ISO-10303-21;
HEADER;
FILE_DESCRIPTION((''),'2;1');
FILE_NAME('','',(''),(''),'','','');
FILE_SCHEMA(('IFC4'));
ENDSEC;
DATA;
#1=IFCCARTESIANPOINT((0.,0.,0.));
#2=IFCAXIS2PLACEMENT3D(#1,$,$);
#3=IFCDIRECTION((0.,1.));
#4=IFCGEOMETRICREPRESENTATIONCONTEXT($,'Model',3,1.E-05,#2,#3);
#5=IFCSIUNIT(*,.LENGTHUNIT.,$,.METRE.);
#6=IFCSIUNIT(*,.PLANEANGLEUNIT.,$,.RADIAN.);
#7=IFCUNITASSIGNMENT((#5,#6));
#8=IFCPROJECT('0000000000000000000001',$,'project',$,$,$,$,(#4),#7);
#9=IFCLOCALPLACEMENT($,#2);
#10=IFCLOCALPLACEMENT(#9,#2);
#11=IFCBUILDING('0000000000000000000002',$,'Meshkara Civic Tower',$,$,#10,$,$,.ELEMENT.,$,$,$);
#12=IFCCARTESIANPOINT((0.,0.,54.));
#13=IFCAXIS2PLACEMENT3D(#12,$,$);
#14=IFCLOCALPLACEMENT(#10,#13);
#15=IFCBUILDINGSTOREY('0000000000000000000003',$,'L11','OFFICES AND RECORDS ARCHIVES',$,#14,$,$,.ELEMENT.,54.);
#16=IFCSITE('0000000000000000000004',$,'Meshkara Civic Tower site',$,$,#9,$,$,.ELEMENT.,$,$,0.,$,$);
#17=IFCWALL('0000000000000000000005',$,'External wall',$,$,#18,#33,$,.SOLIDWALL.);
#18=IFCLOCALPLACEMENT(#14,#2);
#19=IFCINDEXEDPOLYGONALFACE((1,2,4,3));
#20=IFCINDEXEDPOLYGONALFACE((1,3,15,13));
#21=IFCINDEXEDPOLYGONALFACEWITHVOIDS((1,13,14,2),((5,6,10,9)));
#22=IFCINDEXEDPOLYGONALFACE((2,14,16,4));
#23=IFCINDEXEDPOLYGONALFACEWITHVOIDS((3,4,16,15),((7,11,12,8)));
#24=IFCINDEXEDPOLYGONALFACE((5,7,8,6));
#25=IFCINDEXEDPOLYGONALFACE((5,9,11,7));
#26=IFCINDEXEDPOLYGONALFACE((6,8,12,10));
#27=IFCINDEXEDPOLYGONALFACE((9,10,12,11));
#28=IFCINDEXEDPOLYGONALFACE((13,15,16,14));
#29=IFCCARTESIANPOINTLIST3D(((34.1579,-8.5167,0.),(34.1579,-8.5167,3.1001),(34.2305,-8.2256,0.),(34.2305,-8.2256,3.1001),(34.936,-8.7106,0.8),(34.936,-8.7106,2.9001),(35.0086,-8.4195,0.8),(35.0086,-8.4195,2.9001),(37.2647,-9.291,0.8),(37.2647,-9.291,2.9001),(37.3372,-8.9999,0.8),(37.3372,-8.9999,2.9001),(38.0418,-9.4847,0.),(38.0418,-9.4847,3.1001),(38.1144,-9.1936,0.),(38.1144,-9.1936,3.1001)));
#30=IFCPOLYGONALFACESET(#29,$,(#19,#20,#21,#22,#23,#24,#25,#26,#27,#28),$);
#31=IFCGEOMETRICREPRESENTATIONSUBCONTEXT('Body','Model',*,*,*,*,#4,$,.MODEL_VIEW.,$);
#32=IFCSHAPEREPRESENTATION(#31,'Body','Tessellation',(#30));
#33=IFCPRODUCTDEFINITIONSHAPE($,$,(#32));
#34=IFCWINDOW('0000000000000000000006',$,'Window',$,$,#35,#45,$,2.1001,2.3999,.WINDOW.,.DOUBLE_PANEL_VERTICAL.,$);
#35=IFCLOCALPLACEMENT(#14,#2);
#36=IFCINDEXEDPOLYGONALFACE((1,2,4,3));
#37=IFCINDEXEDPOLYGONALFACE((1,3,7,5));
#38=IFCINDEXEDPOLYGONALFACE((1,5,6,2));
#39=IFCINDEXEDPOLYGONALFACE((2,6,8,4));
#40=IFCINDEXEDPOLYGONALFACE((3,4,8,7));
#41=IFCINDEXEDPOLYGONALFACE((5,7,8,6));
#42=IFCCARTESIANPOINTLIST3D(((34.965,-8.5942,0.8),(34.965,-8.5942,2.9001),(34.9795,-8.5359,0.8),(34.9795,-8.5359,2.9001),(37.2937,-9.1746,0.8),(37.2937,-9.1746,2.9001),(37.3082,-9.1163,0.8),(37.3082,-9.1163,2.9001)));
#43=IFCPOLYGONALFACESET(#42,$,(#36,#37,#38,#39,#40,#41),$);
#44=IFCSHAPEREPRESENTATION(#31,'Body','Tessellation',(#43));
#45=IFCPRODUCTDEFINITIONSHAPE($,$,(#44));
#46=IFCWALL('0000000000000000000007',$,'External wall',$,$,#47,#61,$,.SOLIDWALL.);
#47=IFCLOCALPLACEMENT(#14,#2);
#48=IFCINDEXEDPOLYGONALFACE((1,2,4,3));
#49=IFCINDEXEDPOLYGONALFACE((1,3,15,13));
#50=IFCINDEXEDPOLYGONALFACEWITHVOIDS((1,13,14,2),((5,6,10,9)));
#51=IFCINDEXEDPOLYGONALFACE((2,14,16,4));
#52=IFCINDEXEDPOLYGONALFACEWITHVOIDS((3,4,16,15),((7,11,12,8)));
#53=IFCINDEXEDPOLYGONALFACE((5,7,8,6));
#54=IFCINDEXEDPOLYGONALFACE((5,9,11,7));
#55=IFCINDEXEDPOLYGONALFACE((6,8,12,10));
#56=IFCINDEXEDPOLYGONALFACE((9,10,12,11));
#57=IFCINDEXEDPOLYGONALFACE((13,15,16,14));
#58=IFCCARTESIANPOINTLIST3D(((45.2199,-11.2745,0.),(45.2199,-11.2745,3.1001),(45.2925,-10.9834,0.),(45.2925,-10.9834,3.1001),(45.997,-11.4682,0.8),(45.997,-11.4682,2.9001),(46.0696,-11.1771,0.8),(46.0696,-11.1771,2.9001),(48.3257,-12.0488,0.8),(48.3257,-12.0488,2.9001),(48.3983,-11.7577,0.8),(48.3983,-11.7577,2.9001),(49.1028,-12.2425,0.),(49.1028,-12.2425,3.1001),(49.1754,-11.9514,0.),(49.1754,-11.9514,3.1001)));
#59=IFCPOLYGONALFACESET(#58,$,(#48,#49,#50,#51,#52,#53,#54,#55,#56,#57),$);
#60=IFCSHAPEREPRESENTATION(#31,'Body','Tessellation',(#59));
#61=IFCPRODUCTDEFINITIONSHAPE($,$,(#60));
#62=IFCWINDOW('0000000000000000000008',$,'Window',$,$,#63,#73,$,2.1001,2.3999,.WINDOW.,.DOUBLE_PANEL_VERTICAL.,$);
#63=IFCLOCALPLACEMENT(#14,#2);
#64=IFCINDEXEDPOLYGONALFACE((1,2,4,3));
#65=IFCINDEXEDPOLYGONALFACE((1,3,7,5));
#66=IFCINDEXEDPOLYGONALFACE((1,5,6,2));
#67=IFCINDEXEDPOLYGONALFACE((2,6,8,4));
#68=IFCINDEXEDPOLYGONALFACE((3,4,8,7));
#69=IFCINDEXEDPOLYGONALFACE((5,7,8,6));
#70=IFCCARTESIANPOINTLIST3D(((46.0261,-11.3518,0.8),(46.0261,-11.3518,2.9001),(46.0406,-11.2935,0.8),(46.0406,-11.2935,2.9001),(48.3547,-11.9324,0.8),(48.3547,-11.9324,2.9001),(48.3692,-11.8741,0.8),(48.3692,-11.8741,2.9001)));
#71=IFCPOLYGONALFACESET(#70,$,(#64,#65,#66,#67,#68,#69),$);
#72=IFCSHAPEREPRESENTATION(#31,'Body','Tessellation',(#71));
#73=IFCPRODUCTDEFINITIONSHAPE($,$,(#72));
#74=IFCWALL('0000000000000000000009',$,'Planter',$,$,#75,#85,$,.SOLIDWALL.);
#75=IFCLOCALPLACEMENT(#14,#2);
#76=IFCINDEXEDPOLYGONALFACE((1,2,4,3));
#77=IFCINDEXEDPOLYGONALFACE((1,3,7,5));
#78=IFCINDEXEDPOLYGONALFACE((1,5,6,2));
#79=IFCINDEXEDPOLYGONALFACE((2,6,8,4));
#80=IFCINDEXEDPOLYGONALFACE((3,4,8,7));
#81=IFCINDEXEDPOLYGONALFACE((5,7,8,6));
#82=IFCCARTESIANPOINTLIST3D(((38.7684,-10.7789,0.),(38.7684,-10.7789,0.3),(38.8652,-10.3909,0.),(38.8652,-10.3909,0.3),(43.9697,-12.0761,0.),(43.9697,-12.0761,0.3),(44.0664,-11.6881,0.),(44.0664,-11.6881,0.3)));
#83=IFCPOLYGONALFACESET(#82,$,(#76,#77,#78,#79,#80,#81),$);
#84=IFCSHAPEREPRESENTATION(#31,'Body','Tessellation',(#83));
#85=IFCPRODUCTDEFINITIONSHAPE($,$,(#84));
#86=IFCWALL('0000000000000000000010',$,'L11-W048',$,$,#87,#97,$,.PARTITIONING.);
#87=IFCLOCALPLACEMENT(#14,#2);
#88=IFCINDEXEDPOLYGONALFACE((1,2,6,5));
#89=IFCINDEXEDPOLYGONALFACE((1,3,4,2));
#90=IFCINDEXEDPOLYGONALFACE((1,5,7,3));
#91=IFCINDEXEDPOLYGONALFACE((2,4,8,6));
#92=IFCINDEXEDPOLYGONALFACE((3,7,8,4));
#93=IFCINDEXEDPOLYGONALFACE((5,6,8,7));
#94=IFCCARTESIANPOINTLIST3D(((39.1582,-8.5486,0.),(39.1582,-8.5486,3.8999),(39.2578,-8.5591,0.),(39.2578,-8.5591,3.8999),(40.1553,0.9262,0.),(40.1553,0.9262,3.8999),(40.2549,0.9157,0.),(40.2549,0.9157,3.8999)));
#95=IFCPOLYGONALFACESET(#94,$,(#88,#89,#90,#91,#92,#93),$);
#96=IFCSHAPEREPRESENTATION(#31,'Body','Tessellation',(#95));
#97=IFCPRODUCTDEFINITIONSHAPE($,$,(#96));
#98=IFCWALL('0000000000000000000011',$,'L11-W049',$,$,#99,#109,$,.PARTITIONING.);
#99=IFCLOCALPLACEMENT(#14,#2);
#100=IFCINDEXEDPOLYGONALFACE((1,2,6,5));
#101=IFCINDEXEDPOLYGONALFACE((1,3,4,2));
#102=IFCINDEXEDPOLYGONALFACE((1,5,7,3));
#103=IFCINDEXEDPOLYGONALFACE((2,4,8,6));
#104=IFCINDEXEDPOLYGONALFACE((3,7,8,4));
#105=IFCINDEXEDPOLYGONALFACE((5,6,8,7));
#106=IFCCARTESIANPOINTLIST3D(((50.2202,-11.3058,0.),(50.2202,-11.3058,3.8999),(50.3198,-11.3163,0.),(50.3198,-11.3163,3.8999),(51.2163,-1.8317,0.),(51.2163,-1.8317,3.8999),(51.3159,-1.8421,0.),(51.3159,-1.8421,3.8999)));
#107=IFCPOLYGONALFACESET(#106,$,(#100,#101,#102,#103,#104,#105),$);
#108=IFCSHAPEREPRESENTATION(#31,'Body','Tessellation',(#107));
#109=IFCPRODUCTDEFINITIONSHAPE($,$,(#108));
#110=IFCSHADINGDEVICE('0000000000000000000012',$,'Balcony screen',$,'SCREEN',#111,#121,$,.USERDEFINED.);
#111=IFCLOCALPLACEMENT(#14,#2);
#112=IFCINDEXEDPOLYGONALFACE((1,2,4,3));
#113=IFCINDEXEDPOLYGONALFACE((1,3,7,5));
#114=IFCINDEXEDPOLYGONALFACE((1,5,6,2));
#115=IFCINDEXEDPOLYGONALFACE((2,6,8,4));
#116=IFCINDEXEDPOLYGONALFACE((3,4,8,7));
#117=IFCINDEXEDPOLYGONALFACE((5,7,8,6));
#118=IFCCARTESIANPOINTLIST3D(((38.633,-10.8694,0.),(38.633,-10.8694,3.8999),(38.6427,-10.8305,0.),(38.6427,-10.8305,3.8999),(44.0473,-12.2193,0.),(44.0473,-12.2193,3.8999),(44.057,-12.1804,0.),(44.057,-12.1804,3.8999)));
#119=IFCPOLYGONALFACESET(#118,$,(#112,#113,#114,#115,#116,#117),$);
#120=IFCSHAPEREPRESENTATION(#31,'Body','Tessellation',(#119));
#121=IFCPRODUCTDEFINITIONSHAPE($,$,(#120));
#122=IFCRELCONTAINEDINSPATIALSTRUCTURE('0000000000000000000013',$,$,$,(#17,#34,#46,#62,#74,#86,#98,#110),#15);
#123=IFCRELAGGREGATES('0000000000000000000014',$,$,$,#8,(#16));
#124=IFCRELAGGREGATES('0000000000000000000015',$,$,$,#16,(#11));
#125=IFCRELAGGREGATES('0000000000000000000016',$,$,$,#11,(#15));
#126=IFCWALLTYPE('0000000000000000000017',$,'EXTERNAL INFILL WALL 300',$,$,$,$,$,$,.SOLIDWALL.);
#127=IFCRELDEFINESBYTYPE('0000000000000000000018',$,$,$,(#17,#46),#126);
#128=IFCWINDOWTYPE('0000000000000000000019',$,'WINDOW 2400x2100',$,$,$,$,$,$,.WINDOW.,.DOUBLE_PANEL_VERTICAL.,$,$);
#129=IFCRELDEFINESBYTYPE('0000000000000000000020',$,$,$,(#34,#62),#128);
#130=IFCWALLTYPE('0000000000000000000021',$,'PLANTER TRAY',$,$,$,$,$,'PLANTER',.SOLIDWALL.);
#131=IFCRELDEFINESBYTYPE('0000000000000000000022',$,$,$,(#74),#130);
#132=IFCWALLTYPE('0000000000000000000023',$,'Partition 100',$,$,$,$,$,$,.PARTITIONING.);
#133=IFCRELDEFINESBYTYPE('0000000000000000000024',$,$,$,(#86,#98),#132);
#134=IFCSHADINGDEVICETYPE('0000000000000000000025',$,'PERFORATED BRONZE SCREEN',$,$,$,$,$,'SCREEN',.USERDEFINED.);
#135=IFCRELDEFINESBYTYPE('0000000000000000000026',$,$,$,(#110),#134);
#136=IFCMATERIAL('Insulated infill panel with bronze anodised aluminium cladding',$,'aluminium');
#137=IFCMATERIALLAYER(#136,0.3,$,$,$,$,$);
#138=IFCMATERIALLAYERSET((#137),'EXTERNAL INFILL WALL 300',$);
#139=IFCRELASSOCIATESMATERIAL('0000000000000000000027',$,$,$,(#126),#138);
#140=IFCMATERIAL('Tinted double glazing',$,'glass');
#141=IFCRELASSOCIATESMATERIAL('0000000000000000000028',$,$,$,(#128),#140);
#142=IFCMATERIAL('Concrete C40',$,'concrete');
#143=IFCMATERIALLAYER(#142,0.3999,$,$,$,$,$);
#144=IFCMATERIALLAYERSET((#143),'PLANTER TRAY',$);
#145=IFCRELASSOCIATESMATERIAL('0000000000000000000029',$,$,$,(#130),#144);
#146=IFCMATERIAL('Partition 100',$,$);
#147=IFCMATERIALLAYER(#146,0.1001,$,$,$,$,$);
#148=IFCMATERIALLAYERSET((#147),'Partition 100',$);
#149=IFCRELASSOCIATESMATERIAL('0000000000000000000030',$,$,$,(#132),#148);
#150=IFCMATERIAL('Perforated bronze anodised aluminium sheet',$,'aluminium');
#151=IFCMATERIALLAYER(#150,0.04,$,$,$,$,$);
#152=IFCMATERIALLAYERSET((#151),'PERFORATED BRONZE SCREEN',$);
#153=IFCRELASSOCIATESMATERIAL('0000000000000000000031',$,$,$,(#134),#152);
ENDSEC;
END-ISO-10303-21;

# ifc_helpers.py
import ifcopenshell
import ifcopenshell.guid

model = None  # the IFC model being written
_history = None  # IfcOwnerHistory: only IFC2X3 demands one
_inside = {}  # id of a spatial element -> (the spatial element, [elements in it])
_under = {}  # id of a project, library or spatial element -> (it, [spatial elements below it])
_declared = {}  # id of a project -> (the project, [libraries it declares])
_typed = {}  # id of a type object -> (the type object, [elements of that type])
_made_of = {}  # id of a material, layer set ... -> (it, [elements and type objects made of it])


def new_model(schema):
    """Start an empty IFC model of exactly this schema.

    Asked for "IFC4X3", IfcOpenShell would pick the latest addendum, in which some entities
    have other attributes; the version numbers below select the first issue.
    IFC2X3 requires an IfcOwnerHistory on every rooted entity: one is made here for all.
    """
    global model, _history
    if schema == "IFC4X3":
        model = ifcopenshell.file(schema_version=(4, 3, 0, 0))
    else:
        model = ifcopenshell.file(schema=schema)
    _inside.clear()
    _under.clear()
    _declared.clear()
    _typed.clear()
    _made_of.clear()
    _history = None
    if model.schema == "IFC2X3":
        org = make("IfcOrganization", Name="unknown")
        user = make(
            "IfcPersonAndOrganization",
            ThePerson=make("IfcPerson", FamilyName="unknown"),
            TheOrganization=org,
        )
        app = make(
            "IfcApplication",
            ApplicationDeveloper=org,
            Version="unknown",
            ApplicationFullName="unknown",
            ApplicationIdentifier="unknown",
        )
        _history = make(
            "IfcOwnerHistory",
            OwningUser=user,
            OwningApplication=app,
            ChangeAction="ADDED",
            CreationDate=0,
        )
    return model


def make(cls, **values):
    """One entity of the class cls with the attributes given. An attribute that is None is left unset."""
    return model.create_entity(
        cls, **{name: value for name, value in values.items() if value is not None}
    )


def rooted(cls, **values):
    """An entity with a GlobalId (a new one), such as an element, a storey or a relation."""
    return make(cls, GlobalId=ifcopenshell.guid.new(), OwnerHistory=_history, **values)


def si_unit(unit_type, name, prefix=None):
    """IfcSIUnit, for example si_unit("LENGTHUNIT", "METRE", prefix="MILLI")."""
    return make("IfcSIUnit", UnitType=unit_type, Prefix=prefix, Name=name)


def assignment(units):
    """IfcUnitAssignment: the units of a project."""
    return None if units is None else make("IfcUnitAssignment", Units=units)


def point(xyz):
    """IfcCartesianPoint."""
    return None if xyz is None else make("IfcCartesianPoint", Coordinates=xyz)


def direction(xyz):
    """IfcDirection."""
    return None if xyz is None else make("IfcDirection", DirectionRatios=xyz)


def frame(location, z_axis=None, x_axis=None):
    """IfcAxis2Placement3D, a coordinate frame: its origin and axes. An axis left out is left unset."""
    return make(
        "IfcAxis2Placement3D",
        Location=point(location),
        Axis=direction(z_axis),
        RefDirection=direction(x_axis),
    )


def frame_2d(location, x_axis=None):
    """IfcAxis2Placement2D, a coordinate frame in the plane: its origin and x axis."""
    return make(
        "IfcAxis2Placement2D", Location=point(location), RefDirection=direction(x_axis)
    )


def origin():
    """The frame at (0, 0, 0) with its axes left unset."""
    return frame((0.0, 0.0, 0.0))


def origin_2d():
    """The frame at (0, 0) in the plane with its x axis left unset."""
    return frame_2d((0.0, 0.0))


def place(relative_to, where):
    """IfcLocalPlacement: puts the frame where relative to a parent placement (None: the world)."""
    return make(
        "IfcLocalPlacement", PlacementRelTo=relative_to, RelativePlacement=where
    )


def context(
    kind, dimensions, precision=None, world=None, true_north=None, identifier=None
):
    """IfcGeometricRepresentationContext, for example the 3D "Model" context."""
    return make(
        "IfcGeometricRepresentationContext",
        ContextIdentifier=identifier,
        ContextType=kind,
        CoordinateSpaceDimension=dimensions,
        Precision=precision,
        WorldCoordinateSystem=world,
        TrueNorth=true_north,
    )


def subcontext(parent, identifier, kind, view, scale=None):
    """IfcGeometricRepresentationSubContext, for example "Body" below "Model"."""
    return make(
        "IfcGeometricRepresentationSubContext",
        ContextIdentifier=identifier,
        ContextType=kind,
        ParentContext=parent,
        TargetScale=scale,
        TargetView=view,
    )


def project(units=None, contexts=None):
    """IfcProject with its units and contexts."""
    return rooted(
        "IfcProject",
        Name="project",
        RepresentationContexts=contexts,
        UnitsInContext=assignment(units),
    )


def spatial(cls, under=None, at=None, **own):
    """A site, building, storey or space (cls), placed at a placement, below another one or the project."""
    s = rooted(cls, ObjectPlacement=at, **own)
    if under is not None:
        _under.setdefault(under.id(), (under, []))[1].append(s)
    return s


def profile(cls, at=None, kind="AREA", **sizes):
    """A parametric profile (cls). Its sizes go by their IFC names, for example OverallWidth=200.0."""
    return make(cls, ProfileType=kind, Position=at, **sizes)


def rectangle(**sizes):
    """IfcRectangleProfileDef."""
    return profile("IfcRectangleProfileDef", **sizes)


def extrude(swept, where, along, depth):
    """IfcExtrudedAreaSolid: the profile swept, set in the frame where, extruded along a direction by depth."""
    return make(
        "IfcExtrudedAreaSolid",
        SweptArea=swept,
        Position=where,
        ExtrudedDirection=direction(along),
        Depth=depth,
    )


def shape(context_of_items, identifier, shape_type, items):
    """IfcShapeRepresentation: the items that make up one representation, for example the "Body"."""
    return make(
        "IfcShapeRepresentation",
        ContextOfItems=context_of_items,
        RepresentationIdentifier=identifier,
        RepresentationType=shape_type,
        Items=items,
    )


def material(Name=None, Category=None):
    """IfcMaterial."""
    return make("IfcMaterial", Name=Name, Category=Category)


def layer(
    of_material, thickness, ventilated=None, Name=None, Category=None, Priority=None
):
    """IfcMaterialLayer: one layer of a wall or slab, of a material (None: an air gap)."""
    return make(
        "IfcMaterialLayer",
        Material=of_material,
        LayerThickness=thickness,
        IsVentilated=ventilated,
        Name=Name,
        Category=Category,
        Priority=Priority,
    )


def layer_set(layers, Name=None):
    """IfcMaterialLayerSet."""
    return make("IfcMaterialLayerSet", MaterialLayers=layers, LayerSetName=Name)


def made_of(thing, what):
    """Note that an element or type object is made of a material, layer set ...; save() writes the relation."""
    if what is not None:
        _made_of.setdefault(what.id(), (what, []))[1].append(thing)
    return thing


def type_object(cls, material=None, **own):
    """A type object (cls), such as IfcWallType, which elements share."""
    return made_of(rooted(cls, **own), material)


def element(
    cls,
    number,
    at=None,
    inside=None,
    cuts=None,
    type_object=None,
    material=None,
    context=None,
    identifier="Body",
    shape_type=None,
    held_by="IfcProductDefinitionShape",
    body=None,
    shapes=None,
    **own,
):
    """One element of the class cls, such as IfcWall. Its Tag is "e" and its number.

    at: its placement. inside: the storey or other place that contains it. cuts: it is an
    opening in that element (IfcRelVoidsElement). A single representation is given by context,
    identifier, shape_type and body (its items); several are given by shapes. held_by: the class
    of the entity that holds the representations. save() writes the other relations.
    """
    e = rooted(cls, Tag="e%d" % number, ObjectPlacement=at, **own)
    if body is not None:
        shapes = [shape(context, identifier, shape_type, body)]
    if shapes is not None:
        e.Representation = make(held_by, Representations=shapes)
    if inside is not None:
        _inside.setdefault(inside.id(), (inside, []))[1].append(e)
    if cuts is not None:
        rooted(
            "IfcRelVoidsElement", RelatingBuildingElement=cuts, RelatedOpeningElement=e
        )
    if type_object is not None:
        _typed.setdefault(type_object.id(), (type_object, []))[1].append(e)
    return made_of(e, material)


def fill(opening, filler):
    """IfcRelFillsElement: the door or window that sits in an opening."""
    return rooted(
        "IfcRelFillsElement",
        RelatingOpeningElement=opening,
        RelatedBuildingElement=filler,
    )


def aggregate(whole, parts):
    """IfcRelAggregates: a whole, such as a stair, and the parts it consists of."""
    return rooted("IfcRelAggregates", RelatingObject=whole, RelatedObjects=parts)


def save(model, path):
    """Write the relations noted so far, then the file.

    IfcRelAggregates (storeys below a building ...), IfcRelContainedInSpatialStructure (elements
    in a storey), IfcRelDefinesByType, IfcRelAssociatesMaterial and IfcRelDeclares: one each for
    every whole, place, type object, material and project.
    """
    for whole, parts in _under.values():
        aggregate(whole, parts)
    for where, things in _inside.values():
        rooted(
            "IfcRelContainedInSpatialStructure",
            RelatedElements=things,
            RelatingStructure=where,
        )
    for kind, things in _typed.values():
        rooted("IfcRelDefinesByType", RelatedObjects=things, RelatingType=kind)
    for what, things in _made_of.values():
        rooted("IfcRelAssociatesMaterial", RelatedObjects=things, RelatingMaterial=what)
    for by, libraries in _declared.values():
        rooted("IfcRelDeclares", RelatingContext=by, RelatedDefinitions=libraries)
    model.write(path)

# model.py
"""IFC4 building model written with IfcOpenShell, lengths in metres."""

from ifc_helpers import new_model, si_unit, direction, frame, frame_2d, origin, origin_2d, place, context, subcontext, project, spatial, rectangle, extrude, material, layer, layer_set, type_object, element, fill, save


model = new_model("IFC4")

# Units and contexts
model_context = context("Model", 3, precision=1e-05, world=origin(), true_north=direction((0.0, 1.0)))
body_context = subcontext(model_context, "Body", "Model", "MODEL_VIEW")
ifc_project = project(units=[si_unit("LENGTHUNIT", "METRE"), si_unit("PLANEANGLEUNIT", "RADIAN")], contexts=[model_context])

# Site, building, storey
site_placement = place(None, origin())
site = spatial("IfcSite", under=ifc_project, at=site_placement, Name="Meshkara Civic Tower site", CompositionType="ELEMENT", RefElevation=0.0)
building_placement = place(site_placement, origin())
building = spatial("IfcBuilding", under=site, at=building_placement, Name="Meshkara Civic Tower", CompositionType="ELEMENT")
storey_placement = place(building_placement, frame((0.0, 0.0, 54.0)))
storey = spatial("IfcBuildingStorey", under=building, at=storey_placement, Name="L11", Description="OFFICES AND RECORDS ARCHIVES", CompositionType="ELEMENT", Elevation=54.0)

# Walls, openings, windows
ifc_material_1 = material(Name="Insulated infill panel with bronze anodised aluminium cladding", Category="aluminium")
ifc_layer_1 = layer(ifc_material_1, 0.3)
ifc_layer_set_1 = layer_set([ifc_layer_1], Name="EXTERNAL INFILL WALL 300")
wall_type_1 = type_object("IfcWallType", Name="EXTERNAL INFILL WALL 300", PredefinedType="SOLIDWALL", material=ifc_layer_set_1)
ifc_material_2 = material(Name="Tinted double glazing", Category="glass")
window_type = type_object("IfcWindowType", Name="WINDOW 2400x2100", PartitioningType="DOUBLE_PANEL_VERTICAL", PredefinedType="WINDOW", material=ifc_material_2)
wall_1_placement = place(storey_placement, frame((34.1941, -8.3711, 0.0), z_axis=(0.0, 0.0, 1.0), x_axis=(0.970314, -0.241847, 0.0)))
wall_1 = element("IfcWall", 1, at=wall_1_placement, inside=storey, type_object=wall_type_1, Name="External wall", PredefinedType="SOLIDWALL", context=body_context, shape_type="SweptSolid", body=[
    extrude(rectangle(XDim=4.0027, YDim=0.3, at=frame_2d((2.0015, 0.0))), origin(), (0.0, 0.0, 1.0), 3.1001),
])
opening_1_placement = place(wall_1_placement, frame((0.802, 0.0, 0.8)))
opening_1 = element("IfcOpeningElement", 2, at=opening_1_placement, cuts=wall_1, PredefinedType="OPENING", context=body_context, shape_type="SweptSolid", body=[
    extrude(rectangle(XDim=2.3999, YDim=2.1001, at=frame_2d((1.2, 1.05))), frame((0.0, 0.1599, 0.0), z_axis=(0.0, -1.0, 0.0), x_axis=(1.0, 0.0, 0.0)), (0.0, 0.0, 1.0), 0.3201),
])
window_1_placement = place(opening_1_placement, origin())
window_1 = element("IfcWindow", 3, at=window_1_placement, inside=storey, type_object=window_type, Name="Window", OverallHeight=2.1001, OverallWidth=2.3999, PartitioningType="DOUBLE_PANEL_VERTICAL", PredefinedType="WINDOW", context=body_context, shape_type="SweptSolid", body=[
    extrude(rectangle(XDim=2.3999, YDim=2.1001, at=frame_2d((1.2, 1.05))), frame((0.0, 0.03, 0.0), z_axis=(0.0, -1.0, 0.0), x_axis=(1.0, 0.0, 0.0)), (0.0, 0.0, 1.0), 0.0601),
])
fill(opening_1, window_1)
wall_2_placement = place(storey_placement, frame((45.2561, -11.1289, 0.0), z_axis=(0.0, 0.0, 1.0), x_axis=(0.9703, -0.241904, 0.0)))
wall_2 = element("IfcWall", 4, at=wall_2_placement, inside=storey, type_object=wall_type_1, Name="External wall", PredefinedType="SOLIDWALL", context=body_context, shape_type="SweptSolid", body=[
    extrude(rectangle(XDim=4.0017, YDim=0.3, at=frame_2d((2.001, 0.0))), origin(), (0.0, 0.0, 1.0), 3.1001),
])
opening_2_placement = place(wall_2_placement, frame((0.801, 0.0, 0.8)))
opening_2 = element("IfcOpeningElement", 5, at=opening_2_placement, cuts=wall_2, PredefinedType="OPENING", context=body_context, shape_type="SweptSolid", body=[
    extrude(rectangle(XDim=2.3999, YDim=2.1001, at=frame_2d((1.2, 1.05))), frame((0.0, 0.1599, 0.0), z_axis=(0.0, -1.0, 0.0), x_axis=(1.0, 0.0, 0.0)), (0.0, 0.0, 1.0), 0.3201),
])
window_2_placement = place(opening_2_placement, origin())
window_2 = element("IfcWindow", 6, at=window_2_placement, inside=storey, type_object=window_type, Name="Window", OverallHeight=2.1001, OverallWidth=2.3999, PartitioningType="DOUBLE_PANEL_VERTICAL", PredefinedType="WINDOW", context=body_context, shape_type="SweptSolid", body=[
    extrude(rectangle(XDim=2.3999, YDim=2.1001, at=frame_2d((1.2, 1.05))), frame((0.0, 0.03, 0.0), z_axis=(0.0, -1.0, 0.0), x_axis=(1.0, 0.0, 0.0)), (0.0, 0.0, 1.0), 0.0601),
])
fill(opening_2, window_2)

# Walls
ifc_material_3 = material(Name="Concrete C40", Category="concrete")
ifc_layer_2 = layer(ifc_material_3, 0.3999)
ifc_layer_set_2 = layer_set([ifc_layer_2], Name="PLANTER TRAY")
wall_type_2 = type_object("IfcWallType", Name="PLANTER TRAY", ElementType="PLANTER", PredefinedType="SOLIDWALL", material=ifc_layer_set_2)
wall_3_placement = place(storey_placement, frame((38.8169, -10.585, 0.0), z_axis=(0.0, 0.0, 1.0), x_axis=(0.970282, -0.241978, 0.0)))
element("IfcWall", 7, at=wall_3_placement, inside=storey, type_object=wall_type_2, Name="Planter", PredefinedType="SOLIDWALL", context=body_context, shape_type="SweptSolid", body=[
    extrude(rectangle(XDim=5.3606, YDim=0.3999, at=frame_2d((2.6802, 0.0))), origin(), (0.0, 0.0, 1.0), 0.3),
])
ifc_material_4 = material(Name="Partition 100")
ifc_layer_3 = layer(ifc_material_4, 0.1001)
ifc_layer_set_3 = layer_set([ifc_layer_3], Name="Partition 100")
wall_type_3 = type_object("IfcWallType", Name="Partition 100", PredefinedType="PARTITIONING", material=ifc_layer_set_3)
wall_4_placement = place(storey_placement, frame((39.208, -8.554, 0.0), z_axis=(0.0, 0.0, 1.0), x_axis=(0.104655, 0.994509, 0.0)))
element("IfcWall", 8, at=wall_4_placement, inside=storey, type_object=wall_type_3, Name="L11-W048", PredefinedType="PARTITIONING", context=body_context, shape_type="SweptSolid", body=[
    extrude(rectangle(XDim=9.5271, YDim=0.1001, at=frame_2d((4.7637, 0.0))), origin(), (0.0, 0.0, 1.0), 3.8999),
])
wall_5_placement = place(storey_placement, frame((50.27, -11.311, 0.0), z_axis=(0.0, 0.0, 1.0), x_axis=(0.104562, 0.994518, 0.0)))
element("IfcWall", 9, at=wall_5_placement, inside=storey, type_object=wall_type_3, Name="L11-W049", PredefinedType="PARTITIONING", context=body_context, shape_type="SweptSolid", body=[
    extrude(rectangle(XDim=9.5264, YDim=0.1001, at=frame_2d((4.7632, 0.0))), origin(), (0.0, 0.0, 1.0), 3.8999),
])

# Shading device
ifc_material_5 = material(Name="Perforated bronze anodised aluminium sheet", Category="aluminium")
ifc_layer_4 = layer(ifc_material_5, 0.04)
ifc_layer_set_4 = layer_set([ifc_layer_4], Name="PERFORATED BRONZE SCREEN")
shading_device_type = type_object("IfcShadingDeviceType", Name="PERFORATED BRONZE SCREEN", ElementType="SCREEN", PredefinedType="USERDEFINED", material=ifc_layer_set_4)
shading_device_placement = place(storey_placement, frame((41.345, -11.5249, 0.0), z_axis=(0.0, 0.0, 1.0), x_axis=(0.970296, -0.241922, 0.0)))
element("IfcShadingDevice", 10, at=shading_device_placement, inside=storey, type_object=shading_device_type, Name="Balcony screen", ObjectType="SCREEN", PredefinedType="USERDEFINED", context=body_context, shape_type="SweptSolid", body=[
    extrude(rectangle(XDim=5.5801, YDim=0.04, at=origin_2d()), origin(), (0.0, 0.0, 1.0), 3.8999),
])

save(model, "model.ifc")
